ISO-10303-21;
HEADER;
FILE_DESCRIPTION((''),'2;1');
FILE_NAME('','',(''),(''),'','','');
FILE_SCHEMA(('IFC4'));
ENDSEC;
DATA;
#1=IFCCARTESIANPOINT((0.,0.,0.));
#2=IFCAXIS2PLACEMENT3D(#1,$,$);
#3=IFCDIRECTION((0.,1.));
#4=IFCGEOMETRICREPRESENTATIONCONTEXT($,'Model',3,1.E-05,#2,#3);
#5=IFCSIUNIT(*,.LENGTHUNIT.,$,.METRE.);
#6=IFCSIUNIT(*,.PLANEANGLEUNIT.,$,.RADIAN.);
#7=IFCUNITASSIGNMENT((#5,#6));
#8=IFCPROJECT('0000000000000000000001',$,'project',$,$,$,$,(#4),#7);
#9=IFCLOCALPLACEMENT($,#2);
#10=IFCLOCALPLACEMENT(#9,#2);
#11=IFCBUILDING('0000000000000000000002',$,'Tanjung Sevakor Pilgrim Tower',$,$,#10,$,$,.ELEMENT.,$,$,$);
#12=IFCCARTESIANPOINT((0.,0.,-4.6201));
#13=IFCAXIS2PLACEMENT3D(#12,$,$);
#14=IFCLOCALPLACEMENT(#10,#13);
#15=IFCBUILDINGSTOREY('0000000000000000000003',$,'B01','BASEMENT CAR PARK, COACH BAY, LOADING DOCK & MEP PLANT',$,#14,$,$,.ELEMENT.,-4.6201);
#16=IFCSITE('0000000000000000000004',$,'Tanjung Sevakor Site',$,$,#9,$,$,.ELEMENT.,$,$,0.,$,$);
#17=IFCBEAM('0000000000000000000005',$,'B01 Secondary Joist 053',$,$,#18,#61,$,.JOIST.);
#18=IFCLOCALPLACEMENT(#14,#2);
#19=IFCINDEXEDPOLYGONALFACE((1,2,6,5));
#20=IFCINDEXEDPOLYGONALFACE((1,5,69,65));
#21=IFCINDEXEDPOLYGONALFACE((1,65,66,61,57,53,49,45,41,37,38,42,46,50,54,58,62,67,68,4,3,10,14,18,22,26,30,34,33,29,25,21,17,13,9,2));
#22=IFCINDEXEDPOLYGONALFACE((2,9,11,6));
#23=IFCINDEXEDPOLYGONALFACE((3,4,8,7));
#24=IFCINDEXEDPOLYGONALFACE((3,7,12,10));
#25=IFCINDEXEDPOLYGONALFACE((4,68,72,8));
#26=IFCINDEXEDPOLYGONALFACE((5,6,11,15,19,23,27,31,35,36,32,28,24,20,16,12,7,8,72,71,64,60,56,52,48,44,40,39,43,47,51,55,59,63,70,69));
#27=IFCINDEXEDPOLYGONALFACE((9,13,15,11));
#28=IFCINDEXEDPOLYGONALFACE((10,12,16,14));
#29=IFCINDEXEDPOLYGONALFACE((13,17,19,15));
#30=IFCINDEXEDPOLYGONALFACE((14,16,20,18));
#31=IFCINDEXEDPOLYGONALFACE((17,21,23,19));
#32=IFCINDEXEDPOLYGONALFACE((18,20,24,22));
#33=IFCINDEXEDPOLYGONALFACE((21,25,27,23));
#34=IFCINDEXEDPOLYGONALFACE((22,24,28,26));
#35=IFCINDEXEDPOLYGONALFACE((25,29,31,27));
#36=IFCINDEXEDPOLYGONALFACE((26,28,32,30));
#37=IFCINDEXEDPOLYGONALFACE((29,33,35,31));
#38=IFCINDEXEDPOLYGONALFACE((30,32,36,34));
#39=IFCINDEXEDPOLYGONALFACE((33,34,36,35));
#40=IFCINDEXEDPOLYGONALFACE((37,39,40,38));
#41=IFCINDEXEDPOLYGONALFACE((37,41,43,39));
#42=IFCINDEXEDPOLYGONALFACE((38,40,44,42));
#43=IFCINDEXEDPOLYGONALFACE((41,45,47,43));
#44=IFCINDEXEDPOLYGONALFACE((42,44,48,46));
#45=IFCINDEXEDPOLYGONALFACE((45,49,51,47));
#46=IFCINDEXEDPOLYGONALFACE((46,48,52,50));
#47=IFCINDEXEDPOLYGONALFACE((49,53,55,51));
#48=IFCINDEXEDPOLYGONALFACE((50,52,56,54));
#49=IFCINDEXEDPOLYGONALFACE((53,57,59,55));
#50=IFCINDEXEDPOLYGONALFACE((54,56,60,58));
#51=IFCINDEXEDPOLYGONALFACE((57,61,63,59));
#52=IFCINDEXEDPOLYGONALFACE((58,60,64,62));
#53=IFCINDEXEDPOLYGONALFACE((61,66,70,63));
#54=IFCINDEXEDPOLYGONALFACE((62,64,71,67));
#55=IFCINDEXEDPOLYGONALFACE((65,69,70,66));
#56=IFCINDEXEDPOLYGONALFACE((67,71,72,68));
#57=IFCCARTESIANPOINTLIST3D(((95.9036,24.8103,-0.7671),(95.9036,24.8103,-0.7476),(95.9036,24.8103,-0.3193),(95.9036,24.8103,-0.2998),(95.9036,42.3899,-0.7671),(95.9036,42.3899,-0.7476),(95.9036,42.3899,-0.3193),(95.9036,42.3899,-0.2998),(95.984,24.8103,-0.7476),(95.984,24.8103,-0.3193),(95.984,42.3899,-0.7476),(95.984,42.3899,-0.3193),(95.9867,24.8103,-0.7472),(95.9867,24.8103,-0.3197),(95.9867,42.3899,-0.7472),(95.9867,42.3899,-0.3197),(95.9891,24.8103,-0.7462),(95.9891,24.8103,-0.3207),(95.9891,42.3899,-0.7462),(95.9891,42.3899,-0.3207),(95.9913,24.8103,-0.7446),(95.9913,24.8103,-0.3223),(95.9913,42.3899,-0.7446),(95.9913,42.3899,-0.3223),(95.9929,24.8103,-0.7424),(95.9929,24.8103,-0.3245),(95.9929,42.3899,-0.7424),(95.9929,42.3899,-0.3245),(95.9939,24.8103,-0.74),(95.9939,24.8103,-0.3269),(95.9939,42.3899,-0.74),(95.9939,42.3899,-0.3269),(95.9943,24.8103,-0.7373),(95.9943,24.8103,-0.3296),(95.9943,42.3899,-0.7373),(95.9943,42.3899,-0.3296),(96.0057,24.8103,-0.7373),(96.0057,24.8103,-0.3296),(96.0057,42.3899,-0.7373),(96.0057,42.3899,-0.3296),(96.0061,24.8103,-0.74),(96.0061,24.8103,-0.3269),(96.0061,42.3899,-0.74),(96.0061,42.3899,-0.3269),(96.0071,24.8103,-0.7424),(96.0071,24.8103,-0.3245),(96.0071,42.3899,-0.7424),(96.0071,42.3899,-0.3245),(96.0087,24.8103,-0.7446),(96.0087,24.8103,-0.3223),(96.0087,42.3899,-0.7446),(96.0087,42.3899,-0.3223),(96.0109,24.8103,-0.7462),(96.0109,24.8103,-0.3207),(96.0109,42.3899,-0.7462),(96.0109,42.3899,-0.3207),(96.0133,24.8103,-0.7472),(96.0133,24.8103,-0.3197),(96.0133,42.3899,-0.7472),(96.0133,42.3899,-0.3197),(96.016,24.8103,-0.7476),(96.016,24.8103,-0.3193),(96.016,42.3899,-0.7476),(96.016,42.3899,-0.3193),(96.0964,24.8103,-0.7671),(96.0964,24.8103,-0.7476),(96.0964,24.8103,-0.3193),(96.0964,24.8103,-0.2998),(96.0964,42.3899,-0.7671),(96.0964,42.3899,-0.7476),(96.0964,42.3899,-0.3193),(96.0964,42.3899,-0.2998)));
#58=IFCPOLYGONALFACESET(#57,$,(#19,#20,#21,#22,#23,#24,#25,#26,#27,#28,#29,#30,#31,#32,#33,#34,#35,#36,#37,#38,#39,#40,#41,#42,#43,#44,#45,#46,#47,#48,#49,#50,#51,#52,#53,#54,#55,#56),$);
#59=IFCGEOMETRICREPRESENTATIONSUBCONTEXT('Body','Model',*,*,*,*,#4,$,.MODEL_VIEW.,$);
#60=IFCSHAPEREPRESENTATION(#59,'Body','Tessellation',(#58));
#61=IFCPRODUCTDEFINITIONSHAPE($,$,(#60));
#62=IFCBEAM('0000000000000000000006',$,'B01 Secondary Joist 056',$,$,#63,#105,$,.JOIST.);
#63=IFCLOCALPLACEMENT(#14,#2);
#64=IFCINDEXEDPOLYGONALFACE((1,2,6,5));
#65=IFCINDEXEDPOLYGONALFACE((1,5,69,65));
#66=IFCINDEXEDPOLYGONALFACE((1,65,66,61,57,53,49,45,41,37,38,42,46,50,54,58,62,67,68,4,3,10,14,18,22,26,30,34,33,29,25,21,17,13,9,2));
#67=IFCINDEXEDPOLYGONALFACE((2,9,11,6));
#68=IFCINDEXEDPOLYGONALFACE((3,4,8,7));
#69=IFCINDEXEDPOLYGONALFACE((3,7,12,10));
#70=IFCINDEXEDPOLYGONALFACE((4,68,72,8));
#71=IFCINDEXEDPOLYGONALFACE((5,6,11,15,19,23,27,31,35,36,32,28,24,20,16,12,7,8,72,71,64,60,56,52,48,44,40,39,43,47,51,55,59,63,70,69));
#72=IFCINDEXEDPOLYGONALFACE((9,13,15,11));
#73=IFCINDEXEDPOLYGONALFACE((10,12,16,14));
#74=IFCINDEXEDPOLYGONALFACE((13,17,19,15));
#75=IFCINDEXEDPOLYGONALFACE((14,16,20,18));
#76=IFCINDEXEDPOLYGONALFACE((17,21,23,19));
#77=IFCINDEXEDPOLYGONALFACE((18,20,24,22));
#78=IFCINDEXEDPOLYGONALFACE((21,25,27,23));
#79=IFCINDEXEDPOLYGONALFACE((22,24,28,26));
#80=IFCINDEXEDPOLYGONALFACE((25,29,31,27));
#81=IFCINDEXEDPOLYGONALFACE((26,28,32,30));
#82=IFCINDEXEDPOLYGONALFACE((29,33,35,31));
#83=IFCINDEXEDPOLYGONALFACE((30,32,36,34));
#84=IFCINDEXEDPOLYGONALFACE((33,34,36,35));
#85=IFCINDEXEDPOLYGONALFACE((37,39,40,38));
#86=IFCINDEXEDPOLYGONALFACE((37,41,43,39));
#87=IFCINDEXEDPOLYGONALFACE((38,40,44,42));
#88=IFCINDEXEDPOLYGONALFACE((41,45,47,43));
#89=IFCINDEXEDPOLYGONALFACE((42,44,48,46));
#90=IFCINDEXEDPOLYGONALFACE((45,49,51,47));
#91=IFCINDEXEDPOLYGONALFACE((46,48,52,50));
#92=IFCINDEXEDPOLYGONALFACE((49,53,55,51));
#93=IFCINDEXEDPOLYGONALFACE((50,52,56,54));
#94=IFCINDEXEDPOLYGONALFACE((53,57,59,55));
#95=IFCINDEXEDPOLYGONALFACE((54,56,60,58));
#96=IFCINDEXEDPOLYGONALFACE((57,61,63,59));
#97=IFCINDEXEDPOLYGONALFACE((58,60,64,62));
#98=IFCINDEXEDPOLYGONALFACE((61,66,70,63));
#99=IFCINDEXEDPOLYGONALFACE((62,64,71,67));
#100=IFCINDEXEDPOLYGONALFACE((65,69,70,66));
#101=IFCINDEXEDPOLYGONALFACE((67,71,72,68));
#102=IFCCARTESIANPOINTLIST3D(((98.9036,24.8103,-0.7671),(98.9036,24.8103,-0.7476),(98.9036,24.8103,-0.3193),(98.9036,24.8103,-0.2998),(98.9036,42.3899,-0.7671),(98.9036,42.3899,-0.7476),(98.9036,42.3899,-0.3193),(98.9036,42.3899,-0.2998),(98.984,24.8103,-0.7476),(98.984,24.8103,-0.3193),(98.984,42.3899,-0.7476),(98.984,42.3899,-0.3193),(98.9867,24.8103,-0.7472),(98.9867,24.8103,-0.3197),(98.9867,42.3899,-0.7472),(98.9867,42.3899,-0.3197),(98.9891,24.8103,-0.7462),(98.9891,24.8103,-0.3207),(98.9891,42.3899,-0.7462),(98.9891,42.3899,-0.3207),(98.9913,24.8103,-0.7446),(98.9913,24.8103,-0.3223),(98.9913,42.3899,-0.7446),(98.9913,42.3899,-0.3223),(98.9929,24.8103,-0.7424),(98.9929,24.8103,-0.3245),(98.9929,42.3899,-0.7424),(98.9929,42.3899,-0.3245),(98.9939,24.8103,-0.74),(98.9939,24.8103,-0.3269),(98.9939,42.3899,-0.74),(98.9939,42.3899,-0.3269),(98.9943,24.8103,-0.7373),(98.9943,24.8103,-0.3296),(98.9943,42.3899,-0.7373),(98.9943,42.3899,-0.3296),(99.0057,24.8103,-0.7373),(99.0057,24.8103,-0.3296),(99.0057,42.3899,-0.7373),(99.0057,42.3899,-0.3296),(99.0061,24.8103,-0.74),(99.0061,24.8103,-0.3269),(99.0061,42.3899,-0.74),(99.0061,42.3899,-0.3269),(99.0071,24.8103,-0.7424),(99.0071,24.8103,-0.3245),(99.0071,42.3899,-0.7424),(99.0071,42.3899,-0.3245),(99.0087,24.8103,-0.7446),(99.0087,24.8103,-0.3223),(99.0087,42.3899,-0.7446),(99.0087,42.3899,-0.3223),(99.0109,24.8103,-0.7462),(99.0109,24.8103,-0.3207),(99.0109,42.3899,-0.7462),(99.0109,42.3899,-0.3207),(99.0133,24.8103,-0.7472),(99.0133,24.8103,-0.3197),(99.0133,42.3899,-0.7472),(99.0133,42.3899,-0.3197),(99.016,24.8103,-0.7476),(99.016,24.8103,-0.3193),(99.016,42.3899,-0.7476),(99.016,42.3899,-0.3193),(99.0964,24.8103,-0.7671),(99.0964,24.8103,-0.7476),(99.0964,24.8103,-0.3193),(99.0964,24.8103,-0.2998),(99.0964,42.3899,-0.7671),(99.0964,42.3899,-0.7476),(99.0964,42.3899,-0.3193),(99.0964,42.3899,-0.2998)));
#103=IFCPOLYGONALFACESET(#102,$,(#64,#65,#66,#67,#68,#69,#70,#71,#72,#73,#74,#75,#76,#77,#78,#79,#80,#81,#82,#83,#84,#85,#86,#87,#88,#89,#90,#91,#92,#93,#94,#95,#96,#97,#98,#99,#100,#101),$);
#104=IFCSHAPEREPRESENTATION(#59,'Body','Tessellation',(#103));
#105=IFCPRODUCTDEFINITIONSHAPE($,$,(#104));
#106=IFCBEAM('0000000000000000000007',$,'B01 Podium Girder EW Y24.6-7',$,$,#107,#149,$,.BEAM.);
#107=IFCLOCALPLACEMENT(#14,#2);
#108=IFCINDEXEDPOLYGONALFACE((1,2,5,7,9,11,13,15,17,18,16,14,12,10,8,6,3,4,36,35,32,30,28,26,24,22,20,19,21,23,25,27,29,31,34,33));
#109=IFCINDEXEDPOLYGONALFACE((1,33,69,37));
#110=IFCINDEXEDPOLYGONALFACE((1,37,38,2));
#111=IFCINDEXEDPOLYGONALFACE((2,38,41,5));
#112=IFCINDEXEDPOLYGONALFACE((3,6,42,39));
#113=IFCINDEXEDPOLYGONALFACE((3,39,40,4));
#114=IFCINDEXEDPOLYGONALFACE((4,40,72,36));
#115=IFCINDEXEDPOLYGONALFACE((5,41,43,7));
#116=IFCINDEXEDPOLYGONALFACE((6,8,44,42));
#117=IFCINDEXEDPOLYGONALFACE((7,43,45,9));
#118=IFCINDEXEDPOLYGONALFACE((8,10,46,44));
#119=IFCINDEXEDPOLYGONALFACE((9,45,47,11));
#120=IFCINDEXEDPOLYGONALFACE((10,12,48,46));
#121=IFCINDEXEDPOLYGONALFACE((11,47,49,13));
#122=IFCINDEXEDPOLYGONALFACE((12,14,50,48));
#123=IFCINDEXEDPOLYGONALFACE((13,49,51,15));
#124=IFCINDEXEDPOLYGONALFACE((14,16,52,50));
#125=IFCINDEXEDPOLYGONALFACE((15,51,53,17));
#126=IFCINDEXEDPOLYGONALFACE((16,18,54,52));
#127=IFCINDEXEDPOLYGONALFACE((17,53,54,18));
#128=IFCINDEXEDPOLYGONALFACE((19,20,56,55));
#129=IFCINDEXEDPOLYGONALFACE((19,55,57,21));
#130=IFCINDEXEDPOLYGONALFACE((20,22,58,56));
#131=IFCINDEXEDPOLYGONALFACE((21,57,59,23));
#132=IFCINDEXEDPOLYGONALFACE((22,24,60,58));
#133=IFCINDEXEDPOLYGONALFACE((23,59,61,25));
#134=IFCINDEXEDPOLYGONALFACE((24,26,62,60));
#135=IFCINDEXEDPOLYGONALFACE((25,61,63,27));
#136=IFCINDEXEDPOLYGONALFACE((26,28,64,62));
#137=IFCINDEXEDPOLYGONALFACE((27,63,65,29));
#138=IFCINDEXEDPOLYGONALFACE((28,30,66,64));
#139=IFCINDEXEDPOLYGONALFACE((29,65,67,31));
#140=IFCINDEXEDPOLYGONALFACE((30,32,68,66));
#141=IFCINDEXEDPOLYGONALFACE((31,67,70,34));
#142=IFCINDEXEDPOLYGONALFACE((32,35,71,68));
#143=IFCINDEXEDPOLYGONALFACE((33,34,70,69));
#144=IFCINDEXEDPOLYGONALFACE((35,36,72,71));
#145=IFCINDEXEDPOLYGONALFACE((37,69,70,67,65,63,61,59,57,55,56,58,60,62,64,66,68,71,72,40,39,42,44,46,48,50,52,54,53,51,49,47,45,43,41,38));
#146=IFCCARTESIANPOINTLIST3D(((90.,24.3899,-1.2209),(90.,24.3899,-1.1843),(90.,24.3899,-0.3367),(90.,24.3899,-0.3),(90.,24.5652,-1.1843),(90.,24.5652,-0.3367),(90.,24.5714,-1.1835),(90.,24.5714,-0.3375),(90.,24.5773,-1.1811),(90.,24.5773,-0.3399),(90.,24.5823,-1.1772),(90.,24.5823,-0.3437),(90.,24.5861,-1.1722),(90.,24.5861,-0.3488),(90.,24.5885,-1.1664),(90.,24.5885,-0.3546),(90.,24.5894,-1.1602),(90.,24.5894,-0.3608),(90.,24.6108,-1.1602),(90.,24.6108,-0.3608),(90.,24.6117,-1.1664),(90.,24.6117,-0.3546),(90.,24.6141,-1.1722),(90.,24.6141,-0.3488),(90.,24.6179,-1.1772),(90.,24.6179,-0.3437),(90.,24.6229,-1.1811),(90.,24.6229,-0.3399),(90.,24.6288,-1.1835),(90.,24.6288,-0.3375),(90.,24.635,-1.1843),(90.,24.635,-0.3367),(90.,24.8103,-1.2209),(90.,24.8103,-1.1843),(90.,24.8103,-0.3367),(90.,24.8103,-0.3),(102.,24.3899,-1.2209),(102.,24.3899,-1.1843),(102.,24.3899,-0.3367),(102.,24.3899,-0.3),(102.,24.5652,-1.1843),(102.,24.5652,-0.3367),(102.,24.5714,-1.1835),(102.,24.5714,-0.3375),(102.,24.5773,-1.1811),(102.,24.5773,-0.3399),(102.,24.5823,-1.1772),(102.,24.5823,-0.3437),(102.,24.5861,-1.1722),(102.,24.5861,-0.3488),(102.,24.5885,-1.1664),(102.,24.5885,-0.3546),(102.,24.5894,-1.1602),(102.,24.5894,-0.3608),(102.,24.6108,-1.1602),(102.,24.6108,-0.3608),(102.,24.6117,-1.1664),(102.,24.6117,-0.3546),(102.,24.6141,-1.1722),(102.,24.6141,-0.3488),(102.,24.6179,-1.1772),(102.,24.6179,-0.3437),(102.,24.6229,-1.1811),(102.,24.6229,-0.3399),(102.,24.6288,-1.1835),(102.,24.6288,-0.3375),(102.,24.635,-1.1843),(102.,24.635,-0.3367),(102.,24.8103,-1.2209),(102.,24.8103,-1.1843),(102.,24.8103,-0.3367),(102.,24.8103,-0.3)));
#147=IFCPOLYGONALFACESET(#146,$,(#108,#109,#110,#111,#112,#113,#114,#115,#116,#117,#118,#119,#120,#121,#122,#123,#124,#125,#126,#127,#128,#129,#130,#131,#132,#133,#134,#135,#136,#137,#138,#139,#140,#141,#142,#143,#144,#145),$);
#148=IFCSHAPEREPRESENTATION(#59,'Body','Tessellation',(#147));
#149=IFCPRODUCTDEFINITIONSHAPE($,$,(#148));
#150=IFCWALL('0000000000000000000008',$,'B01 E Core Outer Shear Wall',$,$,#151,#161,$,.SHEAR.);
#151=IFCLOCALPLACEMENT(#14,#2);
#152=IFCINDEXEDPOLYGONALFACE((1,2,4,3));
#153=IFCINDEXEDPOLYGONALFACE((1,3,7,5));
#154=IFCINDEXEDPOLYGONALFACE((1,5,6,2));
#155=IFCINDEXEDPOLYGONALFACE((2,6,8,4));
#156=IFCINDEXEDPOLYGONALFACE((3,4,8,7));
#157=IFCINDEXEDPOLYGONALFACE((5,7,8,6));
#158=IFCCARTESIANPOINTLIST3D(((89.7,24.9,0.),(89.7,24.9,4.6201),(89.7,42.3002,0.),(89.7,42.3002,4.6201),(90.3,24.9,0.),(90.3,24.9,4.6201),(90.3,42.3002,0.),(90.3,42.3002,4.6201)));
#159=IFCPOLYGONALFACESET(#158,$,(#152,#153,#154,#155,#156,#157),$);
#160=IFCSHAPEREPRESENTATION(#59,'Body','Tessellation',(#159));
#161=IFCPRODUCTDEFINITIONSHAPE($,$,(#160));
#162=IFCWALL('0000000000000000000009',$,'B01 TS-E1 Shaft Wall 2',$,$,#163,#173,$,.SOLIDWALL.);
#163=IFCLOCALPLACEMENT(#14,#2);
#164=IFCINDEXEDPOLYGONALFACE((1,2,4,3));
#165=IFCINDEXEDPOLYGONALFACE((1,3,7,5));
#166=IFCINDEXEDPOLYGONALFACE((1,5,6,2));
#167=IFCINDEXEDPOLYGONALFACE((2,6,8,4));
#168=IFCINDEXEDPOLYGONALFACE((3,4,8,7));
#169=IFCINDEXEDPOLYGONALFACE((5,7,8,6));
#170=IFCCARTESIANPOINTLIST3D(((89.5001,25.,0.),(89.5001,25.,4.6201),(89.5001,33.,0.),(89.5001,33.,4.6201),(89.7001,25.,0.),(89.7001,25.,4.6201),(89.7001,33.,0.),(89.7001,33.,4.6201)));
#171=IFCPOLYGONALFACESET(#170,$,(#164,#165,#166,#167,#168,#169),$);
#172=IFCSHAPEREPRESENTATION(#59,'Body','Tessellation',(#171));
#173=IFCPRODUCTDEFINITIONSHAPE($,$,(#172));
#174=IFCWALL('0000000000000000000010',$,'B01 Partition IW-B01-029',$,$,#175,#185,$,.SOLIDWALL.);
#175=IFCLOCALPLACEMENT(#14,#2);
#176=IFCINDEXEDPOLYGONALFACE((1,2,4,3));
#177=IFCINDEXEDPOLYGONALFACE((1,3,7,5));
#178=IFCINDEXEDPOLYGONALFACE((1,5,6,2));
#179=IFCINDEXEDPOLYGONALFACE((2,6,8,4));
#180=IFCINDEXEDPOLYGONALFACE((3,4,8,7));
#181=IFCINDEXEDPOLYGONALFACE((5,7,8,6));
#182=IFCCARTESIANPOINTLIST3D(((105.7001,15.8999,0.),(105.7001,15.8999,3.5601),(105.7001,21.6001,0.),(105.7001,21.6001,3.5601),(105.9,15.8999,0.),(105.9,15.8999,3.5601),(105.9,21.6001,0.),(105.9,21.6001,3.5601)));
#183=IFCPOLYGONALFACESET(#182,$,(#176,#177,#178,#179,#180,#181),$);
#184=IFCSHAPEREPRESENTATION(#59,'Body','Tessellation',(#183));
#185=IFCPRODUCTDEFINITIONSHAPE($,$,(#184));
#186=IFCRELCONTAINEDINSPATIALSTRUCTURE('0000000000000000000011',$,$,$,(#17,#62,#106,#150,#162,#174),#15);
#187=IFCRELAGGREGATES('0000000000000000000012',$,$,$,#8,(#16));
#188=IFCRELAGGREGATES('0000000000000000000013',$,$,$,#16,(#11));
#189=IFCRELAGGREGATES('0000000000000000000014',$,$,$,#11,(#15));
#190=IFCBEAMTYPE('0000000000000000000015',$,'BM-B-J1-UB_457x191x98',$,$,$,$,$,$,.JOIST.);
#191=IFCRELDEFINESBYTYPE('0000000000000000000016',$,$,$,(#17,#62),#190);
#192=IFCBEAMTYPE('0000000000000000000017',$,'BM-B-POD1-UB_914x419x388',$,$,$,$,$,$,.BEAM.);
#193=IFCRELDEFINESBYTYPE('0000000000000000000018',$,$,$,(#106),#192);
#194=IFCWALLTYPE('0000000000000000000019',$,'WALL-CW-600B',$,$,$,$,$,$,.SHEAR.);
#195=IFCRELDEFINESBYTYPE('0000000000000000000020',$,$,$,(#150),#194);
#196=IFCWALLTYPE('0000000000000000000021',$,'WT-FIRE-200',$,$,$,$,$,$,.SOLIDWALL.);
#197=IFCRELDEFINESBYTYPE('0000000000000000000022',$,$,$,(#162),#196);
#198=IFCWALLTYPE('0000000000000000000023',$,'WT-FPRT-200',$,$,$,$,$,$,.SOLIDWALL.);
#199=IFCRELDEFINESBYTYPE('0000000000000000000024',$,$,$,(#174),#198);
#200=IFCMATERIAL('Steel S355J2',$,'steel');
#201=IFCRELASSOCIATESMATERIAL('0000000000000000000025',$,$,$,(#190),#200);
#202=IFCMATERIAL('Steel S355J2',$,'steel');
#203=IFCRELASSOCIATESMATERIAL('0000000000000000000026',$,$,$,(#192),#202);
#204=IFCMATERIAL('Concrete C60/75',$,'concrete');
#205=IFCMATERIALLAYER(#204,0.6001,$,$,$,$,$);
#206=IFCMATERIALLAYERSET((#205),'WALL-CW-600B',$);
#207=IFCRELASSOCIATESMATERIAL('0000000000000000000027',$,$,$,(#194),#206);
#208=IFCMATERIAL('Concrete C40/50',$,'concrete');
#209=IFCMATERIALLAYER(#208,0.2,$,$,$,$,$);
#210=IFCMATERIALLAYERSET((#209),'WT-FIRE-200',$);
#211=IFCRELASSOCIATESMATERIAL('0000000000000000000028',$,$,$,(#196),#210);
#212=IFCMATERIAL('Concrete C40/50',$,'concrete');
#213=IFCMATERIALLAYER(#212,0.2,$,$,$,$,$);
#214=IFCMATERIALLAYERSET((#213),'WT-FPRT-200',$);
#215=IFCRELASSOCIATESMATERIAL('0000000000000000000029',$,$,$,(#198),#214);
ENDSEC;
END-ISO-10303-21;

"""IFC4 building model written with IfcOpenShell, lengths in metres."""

from ifc_helpers import new_model, si_unit, direction, frame, frame_2d, origin, origin_2d, place, context, subcontext, project, spatial, rectangle, i_section, extrude, material, layer, layer_set, material_profile, profile_set, type_object, element, save


model = new_model("IFC4")

# Units and contexts
model_context = context("Model", 3, precision=1e-05, world=origin(), true_north=direction((0.0, 1.0)))
body_context = subcontext(model_context, "Body", "Model", "MODEL_VIEW")
ifc_project = project(units=[si_unit("LENGTHUNIT", "METRE"), si_unit("PLANEANGLEUNIT", "RADIAN")], contexts=[model_context])

# Site, building, storey
site_placement = place(None, origin())
site = spatial("IfcSite", under=ifc_project, at=site_placement, Name="Tanjung Sevakor Site", CompositionType="ELEMENT", RefElevation=0.0)
building_placement = place(site_placement, origin())
building = spatial("IfcBuilding", under=site, at=building_placement, Name="Tanjung Sevakor Pilgrim Tower", CompositionType="ELEMENT")
storey_placement = place(building_placement, frame((0.0, 0.0, -4.6201)))
storey = spatial("IfcBuildingStorey", under=building, at=storey_placement, Name="B01", Description="BASEMENT CAR PARK, COACH BAY, LOADING DOCK & MEP PLANT", CompositionType="ELEMENT", Elevation=-4.6201)

# Beams
ifc_material_1 = material(Name="Steel S355J2", Category="steel")
ifc_material_profile_1 = material_profile(ifc_material_1, i_section(OverallWidth=0.1929, OverallDepth=0.4673, WebThickness=0.0115, FlangeThickness=0.0195, FilletRadius=0.0103, at=origin_2d()))
ifc_profile_set_1 = profile_set([ifc_material_profile_1], Name="Steel S355J2")
beam_type_1 = type_object("IfcBeamType", Name="BM-B-J1-UB_457x191x98", PredefinedType="JOIST", material=ifc_profile_set_1)
for number, where, z_axis, x_axis, name in (
    (1, (96.0, 24.8103, -0.5334), (0.0, 1.0, 0.0), (-1.0, 0.0, 0.0), "B01 Secondary Joist 053"),
    (2, (99.0, 24.8103, -0.5334), (0.0, 1.0, 0.0), (-1.0, 0.0, 0.0), "B01 Secondary Joist 056"),
):
    element("IfcBeam", number, at=place(storey_placement, frame(where, z_axis=z_axis, x_axis=x_axis)), inside=storey, type_object=beam_type_1, Name=name, PredefinedType="JOIST", context=body_context, shape_type="SweptSolid", body=[
        extrude(i_section(OverallWidth=0.1929, OverallDepth=0.4673, WebThickness=0.0115, FlangeThickness=0.0195, FilletRadius=0.0103, at=origin_2d()), origin(), (0.0, 0.0, 1.0), 17.5796),
    ])
ifc_material_2 = material(Name="Steel S355J2", Category="steel")
ifc_material_profile_2 = material_profile(ifc_material_2, i_section(OverallWidth=0.4204, OverallDepth=0.9209, WebThickness=0.0215, FlangeThickness=0.0366, FilletRadius=0.0242, at=origin_2d()))
ifc_profile_set_2 = profile_set([ifc_material_profile_2], Name="Steel S355J2")
beam_type_2 = type_object("IfcBeamType", Name="BM-B-POD1-UB_914x419x388", PredefinedType="BEAM", material=ifc_profile_set_2)
beam_1_placement = place(storey_placement, frame((90.0, 24.6001, -0.7605), z_axis=(1.0, 0.0, 0.0), x_axis=(0.0, 1.0, 0.0)))
element("IfcBeam", 3, at=beam_1_placement, inside=storey, type_object=beam_type_2, Name="B01 Podium Girder EW Y24.6-7", PredefinedType="BEAM", context=body_context, shape_type="SweptSolid", body=[
    extrude(i_section(OverallWidth=0.4204, OverallDepth=0.9209, WebThickness=0.0215, FlangeThickness=0.0366, FilletRadius=0.0242, at=origin_2d()), origin(), (0.0, 0.0, 1.0), 12.0),
])

# Walls
ifc_material_3 = material(Name="Concrete C60/75", Category="concrete")
ifc_layer_1 = layer(ifc_material_3, 0.6001)
ifc_layer_set_1 = layer_set([ifc_layer_1], Name="WALL-CW-600B")
wall_type_1 = type_object("IfcWallType", Name="WALL-CW-600B", PredefinedType="SHEAR", material=ifc_layer_set_1)
wall_1_placement = place(storey_placement, frame((90.0, 24.8999, 0.0), z_axis=(0.0, 0.0, 1.0), x_axis=(0.0, 1.0, 0.0)))
element("IfcWall", 4, at=wall_1_placement, inside=storey, type_object=wall_type_1, Name="B01 E Core Outer Shear Wall", PredefinedType="SHEAR", context=body_context, shape_type="SweptSolid", body=[
    extrude(rectangle(XDim=17.4001, YDim=0.6001, at=frame_2d((8.7002, 0.0))), origin(), (0.0, 0.0, 1.0), 4.6201),
])
ifc_material_4 = material(Name="Concrete C40/50", Category="concrete")
ifc_layer_2 = layer(ifc_material_4, 0.2)
ifc_layer_set_2 = layer_set([ifc_layer_2], Name="WT-FIRE-200")
wall_type_2 = type_object("IfcWallType", Name="WT-FIRE-200", PredefinedType="SOLIDWALL", material=ifc_layer_set_2)
wall_2_placement = place(storey_placement, frame((89.6001, 25.0, 0.0), z_axis=(0.0, 0.0, 1.0), x_axis=(0.0, 1.0, 0.0)))
element("IfcWall", 5, at=wall_2_placement, inside=storey, type_object=wall_type_2, Name="B01 TS-E1 Shaft Wall 2", PredefinedType="SOLIDWALL", context=body_context, shape_type="SweptSolid", body=[
    extrude(rectangle(XDim=8.0, YDim=0.2, at=frame_2d((4.0, 0.0))), origin(), (0.0, 0.0, 1.0), 4.6201),
])

# Wall
ifc_material_5 = material(Name="Concrete C40/50", Category="concrete")
ifc_layer_3 = layer(ifc_material_5, 0.2)
ifc_layer_set_3 = layer_set([ifc_layer_3], Name="WT-FPRT-200")
wall_type_3 = type_object("IfcWallType", Name="WT-FPRT-200", PredefinedType="SOLIDWALL", material=ifc_layer_set_3)
for number, where, z_axis, x_axis, name in (
    (6, (105.8, 15.8999, 0.0), (0.0, 0.0, 1.0), (0.0, 1.0, 0.0), "B01 Partition IW-B01-029"),
):
    element("IfcWall", number, at=place(storey_placement, frame(where, z_axis=z_axis, x_axis=x_axis)), inside=storey, type_object=wall_type_3, Name=name, PredefinedType="SOLIDWALL", context=body_context, shape_type="SweptSolid", body=[
        extrude(rectangle(XDim=5.7002, YDim=0.2, at=frame_2d((2.8501, 0.0))), origin(), (0.0, 0.0, 1.0), 3.5601),
    ])

save(model, "model.ifc")
